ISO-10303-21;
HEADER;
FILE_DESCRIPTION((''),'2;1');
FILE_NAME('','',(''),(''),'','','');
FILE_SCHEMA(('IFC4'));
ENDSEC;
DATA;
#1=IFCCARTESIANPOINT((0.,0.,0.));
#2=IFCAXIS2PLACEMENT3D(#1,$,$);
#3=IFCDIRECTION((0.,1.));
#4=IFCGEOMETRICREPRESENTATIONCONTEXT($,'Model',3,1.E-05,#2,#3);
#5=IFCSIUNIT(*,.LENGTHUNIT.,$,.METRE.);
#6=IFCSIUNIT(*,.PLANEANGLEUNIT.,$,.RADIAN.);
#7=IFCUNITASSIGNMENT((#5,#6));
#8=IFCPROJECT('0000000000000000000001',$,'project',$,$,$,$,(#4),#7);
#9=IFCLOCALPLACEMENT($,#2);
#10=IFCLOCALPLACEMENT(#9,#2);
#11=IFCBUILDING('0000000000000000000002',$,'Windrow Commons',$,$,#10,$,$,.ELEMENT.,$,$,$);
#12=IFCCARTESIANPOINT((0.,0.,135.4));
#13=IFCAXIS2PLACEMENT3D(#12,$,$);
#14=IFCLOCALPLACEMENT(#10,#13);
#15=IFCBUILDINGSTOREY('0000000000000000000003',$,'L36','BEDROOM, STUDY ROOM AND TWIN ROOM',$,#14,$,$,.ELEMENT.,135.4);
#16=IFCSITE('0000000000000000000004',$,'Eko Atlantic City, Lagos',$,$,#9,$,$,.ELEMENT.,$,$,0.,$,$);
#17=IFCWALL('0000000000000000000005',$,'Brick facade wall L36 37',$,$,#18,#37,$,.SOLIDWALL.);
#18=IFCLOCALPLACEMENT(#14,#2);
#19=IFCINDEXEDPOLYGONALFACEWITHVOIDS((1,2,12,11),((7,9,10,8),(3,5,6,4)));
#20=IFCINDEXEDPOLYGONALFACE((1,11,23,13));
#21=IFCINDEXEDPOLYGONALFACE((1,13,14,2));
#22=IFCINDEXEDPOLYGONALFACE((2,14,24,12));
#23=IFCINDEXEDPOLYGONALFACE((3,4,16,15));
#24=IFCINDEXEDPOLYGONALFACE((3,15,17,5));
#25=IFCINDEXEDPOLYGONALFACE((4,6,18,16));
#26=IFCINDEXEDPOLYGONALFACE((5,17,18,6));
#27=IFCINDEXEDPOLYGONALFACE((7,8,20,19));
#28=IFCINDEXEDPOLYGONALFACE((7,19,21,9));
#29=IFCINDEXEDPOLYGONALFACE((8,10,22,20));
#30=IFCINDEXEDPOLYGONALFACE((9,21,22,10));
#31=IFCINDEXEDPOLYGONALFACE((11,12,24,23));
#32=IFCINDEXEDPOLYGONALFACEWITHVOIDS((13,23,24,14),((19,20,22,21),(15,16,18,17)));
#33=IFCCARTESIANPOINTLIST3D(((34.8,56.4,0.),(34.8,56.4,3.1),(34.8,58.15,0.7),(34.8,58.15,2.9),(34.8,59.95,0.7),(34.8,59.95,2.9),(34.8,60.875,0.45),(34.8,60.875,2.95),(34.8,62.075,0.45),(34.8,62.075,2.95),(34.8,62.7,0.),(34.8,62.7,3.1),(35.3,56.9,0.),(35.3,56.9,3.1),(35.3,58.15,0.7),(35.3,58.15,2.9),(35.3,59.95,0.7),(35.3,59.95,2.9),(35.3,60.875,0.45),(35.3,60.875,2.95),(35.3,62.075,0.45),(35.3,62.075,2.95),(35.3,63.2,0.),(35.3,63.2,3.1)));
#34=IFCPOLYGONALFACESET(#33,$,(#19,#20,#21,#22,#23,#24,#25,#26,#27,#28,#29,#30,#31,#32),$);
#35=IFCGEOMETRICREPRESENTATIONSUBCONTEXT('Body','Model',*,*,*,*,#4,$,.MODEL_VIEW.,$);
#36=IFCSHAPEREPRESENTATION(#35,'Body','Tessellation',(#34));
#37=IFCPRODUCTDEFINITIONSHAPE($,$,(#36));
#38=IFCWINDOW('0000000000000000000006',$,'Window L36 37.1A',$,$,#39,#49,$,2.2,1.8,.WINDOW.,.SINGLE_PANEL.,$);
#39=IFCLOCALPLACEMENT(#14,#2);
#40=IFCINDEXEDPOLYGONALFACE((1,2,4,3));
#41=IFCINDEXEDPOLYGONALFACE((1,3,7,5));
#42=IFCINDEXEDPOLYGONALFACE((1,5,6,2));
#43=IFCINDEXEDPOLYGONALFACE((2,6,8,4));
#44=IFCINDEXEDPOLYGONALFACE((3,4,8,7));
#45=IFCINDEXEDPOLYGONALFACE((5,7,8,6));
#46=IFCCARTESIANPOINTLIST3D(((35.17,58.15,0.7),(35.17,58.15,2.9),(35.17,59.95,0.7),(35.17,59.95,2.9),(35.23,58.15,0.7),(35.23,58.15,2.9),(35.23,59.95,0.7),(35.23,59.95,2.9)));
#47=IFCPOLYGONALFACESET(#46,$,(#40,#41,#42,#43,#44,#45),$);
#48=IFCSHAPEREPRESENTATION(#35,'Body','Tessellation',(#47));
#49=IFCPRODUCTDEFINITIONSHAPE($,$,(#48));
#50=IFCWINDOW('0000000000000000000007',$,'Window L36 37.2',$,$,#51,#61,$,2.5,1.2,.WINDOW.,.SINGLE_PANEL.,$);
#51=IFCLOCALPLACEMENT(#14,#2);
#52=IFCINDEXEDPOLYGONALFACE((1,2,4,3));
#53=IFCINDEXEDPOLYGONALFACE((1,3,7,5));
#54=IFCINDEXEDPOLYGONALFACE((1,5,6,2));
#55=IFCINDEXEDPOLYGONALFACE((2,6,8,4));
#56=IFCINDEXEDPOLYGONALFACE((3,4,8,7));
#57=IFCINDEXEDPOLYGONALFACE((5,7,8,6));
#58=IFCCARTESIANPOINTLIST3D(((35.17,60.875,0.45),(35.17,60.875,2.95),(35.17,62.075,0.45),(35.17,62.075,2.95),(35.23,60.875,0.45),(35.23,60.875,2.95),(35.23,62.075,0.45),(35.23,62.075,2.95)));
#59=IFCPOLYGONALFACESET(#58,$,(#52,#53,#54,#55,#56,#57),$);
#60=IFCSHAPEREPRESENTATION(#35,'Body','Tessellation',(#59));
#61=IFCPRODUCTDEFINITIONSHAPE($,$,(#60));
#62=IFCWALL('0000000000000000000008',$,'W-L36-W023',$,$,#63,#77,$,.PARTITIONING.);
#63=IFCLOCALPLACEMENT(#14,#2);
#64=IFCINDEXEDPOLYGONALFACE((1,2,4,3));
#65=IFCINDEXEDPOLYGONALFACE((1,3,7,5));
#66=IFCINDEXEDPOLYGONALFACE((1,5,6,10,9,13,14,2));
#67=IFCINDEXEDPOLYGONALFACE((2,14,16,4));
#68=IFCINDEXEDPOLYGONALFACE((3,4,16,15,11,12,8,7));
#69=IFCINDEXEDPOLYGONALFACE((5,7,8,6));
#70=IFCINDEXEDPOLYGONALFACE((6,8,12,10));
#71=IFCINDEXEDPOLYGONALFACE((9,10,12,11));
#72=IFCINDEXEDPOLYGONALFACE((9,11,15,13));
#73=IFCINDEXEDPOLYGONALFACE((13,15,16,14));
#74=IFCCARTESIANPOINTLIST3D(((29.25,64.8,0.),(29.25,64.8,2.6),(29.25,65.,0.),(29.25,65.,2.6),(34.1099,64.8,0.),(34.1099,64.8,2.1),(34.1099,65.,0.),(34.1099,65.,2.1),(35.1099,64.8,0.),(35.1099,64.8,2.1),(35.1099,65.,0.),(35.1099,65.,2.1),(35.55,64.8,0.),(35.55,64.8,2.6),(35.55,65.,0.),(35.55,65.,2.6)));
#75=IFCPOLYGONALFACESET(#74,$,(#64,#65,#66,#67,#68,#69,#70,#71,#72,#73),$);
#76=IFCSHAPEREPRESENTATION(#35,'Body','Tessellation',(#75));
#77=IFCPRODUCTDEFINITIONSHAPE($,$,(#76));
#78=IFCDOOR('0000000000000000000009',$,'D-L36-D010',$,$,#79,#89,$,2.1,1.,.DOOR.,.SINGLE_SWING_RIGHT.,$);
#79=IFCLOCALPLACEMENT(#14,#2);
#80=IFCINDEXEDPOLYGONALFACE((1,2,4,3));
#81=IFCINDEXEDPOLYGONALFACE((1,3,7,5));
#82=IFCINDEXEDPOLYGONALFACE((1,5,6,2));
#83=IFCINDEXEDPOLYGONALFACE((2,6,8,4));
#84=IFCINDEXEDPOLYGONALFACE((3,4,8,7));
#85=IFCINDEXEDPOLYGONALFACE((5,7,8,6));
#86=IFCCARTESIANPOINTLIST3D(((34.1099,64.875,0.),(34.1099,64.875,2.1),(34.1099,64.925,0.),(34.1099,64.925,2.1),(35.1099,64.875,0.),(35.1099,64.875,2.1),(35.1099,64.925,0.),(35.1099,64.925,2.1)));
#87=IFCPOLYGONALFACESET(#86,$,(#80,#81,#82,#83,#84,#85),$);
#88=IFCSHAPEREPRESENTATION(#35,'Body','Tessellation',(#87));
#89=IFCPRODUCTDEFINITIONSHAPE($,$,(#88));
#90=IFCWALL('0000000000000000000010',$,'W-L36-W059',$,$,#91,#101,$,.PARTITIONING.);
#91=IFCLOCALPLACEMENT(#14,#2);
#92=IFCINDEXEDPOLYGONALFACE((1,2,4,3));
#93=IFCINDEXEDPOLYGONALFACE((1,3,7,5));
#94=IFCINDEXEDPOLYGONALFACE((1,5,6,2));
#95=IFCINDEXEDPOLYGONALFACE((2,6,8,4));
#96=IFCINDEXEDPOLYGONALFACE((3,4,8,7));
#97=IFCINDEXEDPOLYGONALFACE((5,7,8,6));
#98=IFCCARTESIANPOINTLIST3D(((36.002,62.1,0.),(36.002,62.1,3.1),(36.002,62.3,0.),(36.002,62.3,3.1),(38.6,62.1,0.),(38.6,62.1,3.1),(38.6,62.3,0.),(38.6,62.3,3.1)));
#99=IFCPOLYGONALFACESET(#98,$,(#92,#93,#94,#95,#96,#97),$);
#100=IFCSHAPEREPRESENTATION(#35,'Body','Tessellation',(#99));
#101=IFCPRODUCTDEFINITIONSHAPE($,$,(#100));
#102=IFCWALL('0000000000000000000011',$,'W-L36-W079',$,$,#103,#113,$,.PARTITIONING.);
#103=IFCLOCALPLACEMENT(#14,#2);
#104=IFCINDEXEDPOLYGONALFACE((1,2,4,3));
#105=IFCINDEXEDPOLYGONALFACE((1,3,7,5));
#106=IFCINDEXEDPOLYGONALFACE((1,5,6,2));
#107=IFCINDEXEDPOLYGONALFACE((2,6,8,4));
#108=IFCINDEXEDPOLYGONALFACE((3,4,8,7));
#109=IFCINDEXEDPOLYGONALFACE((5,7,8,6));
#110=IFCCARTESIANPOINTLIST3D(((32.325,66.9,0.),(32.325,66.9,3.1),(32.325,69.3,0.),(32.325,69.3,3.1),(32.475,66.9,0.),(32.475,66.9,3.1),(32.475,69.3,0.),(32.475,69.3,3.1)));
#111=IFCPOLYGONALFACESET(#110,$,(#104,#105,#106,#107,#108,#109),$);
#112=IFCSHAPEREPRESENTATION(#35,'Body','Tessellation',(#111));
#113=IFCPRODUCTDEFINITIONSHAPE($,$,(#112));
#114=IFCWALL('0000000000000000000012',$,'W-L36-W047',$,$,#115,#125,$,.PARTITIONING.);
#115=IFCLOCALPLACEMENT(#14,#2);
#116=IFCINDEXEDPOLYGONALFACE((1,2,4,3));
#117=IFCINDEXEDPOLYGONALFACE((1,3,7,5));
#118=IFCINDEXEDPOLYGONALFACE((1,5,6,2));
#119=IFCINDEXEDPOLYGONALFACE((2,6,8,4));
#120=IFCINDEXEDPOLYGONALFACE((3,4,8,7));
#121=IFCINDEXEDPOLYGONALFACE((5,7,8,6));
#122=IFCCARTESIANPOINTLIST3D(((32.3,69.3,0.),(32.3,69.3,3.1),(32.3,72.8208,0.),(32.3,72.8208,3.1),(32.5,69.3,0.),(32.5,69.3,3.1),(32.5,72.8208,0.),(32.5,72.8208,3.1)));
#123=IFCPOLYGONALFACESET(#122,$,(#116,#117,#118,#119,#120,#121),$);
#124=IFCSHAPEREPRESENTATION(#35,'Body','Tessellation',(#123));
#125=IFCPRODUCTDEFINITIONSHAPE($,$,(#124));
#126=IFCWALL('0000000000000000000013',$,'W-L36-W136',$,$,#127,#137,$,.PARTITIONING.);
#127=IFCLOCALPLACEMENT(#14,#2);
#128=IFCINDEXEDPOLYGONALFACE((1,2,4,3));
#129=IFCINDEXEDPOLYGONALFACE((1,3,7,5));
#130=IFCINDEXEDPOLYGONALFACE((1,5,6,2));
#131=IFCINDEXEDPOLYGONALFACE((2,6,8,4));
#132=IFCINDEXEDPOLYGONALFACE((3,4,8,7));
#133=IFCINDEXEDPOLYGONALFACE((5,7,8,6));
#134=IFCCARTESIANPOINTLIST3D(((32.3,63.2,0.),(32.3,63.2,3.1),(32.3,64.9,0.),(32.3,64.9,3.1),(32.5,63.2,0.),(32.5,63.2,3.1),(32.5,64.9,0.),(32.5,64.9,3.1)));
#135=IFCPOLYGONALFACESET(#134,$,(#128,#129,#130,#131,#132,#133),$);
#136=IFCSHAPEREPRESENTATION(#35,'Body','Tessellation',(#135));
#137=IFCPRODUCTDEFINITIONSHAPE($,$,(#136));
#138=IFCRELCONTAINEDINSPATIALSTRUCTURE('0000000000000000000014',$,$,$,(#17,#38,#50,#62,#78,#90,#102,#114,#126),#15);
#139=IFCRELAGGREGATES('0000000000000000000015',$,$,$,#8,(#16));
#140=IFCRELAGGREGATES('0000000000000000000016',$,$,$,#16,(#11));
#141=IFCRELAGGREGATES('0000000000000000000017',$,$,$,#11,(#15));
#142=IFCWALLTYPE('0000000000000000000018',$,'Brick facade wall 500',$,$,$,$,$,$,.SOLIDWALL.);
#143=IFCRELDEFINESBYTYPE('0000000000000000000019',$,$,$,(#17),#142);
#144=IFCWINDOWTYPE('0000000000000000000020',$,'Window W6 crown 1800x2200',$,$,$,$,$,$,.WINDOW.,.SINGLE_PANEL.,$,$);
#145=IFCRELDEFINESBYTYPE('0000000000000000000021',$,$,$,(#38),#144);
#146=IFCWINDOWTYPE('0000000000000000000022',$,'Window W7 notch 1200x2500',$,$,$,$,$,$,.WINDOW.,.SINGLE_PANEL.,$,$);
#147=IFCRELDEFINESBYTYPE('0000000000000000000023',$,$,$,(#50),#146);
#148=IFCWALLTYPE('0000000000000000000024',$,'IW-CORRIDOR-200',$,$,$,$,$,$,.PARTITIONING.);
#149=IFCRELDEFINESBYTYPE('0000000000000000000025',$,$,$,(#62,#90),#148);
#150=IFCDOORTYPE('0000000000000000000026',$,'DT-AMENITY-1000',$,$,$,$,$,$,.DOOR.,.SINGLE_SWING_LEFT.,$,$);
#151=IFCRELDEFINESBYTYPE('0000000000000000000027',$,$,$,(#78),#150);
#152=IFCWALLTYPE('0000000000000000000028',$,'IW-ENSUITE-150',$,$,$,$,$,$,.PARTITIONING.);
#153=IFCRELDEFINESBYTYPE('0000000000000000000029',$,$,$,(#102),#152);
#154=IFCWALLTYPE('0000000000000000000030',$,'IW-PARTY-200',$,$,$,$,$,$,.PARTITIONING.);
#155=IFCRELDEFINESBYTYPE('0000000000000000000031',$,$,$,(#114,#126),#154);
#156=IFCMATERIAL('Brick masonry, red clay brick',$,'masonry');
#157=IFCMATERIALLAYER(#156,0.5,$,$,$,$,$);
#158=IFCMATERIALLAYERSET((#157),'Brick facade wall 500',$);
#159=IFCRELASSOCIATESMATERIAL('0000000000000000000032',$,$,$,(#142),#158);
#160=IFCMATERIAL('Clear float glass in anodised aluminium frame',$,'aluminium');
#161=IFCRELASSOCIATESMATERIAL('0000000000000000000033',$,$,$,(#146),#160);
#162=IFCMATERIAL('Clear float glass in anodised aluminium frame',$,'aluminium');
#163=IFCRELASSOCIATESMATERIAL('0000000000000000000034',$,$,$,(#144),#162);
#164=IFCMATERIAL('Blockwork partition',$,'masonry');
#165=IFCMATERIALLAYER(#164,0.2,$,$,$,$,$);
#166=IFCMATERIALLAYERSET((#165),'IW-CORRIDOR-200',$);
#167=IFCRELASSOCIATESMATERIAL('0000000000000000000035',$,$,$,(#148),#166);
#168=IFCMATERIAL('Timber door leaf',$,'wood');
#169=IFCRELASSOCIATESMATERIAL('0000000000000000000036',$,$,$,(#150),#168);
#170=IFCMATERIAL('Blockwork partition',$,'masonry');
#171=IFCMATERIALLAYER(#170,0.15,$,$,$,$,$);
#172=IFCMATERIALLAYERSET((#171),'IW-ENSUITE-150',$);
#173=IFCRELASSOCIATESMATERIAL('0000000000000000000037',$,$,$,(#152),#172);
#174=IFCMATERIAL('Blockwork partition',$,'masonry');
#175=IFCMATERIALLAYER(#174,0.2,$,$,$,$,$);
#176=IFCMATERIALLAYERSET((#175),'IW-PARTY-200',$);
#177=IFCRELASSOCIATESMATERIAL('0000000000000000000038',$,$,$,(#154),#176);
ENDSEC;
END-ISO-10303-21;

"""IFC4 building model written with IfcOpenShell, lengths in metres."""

from ifc_helpers import new_model, si_unit, direction, frame, frame_2d, origin, place, context, subcontext, project, spatial, polyline, rectangle, outline, extrude, material, layer, layer_set, type_object, element, fill, save


model = new_model("IFC4")

# Units and contexts
model_context = context("Model", 3, precision=1e-05, world=origin(), true_north=direction((0.0, 1.0)))
body_context = subcontext(model_context, "Body", "Model", "MODEL_VIEW")
ifc_project = project(units=[si_unit("LENGTHUNIT", "METRE"), si_unit("PLANEANGLEUNIT", "RADIAN")], contexts=[model_context])

# Site, building, storey
site_placement = place(None, origin())
site = spatial("IfcSite", under=ifc_project, at=site_placement, Name="Eko Atlantic City, Lagos", CompositionType="ELEMENT", RefElevation=0.0)
building_placement = place(site_placement, origin())
building = spatial("IfcBuilding", under=site, at=building_placement, Name="Windrow Commons", CompositionType="ELEMENT")
storey_placement = place(building_placement, frame((0.0, 0.0, 135.4)))
storey = spatial("IfcBuildingStorey", under=building, at=storey_placement, Name="L36", Description="BEDROOM, STUDY ROOM AND TWIN ROOM", CompositionType="ELEMENT", Elevation=135.4)

# Shared definitions
ifc_material_1 = material(Name="Brick masonry, red clay brick", Category="masonry")
ifc_layer_1 = layer(ifc_material_1, 0.5)
ifc_layer_set_1 = layer_set([ifc_layer_1], Name="Brick facade wall 500")
wall_type_1 = type_object("IfcWallType", Name="Brick facade wall 500", PredefinedType="SOLIDWALL", material=ifc_layer_set_1)
ifc_material_2 = material(Name="Clear float glass in anodised aluminium frame", Category="aluminium")
window_type_1 = type_object("IfcWindowType", Name="Window W7 notch 1200x2500", PartitioningType="SINGLE_PANEL", PredefinedType="WINDOW", material=ifc_material_2)

# Wall, openings, windows
wall_1_placement = place(storey_placement, frame((35.05, 62.95, 0.0), z_axis=(0.0, 0.0, 1.0), x_axis=(0.0, -1.0, 0.0)))
wall_1 = element("IfcWall", 1, at=wall_1_placement, inside=storey, type_object=wall_type_1, Name="Brick facade wall L36 37", PredefinedType="SOLIDWALL", context=body_context, shape_type="SweptSolid", body=[
    extrude(outline(polyline([(0.25, -0.25), (6.55, -0.25), (6.05, 0.25), (-0.25, 0.25), (0.25, -0.25)])), origin(), (0.0, 0.0, 1.0), 3.1),
])
opening_1_placement = place(wall_1_placement, frame((0.875, 0.0, 0.45)))
opening_1 = element("IfcOpeningElement", 2, at=opening_1_placement, cuts=wall_1, PredefinedType="OPENING", context=body_context, shape_type="SweptSolid", body=[
    extrude(rectangle(XDim=1.2, YDim=2.5, at=frame_2d((0.6, 1.25))), frame((0.0, 0.26, 0.0), z_axis=(0.0, -1.0, 0.0), x_axis=(1.0, 0.0, 0.0)), (0.0, 0.0, 1.0), 0.52),
])
opening_2_placement = place(wall_1_placement, frame((3.0, 0.0, 0.7)))
opening_2 = element("IfcOpeningElement", 3, at=opening_2_placement, cuts=wall_1, PredefinedType="OPENING", context=body_context, shape_type="SweptSolid", body=[
    extrude(rectangle(XDim=1.8, YDim=2.2, at=frame_2d((0.9, 1.1))), frame((0.0, 0.26, 0.0), z_axis=(0.0, -1.0, 0.0), x_axis=(1.0, 0.0, 0.0)), (0.0, 0.0, 1.0), 0.52),
])
ifc_material_3 = material(Name="Clear float glass in anodised aluminium frame", Category="aluminium")
window_type_2 = type_object("IfcWindowType", Name="Window W6 crown 1800x2200", PartitioningType="SINGLE_PANEL", PredefinedType="WINDOW", material=ifc_material_3)
window_1_placement = place(opening_2_placement, origin())
window_1 = element("IfcWindow", 4, at=window_1_placement, inside=storey, type_object=window_type_2, Name="Window L36 37.1A", OverallHeight=2.2, OverallWidth=1.8, PartitioningType="SINGLE_PANEL", PredefinedType="WINDOW", context=body_context, shape_type="SweptSolid", body=[
    extrude(rectangle(XDim=1.8, YDim=2.2, at=frame_2d((0.9, 1.1))), frame((0.0, 0.18, 0.0), z_axis=(0.0, -1.0, 0.0), x_axis=(1.0, 0.0, 0.0)), (0.0, 0.0, 1.0), 0.06),
])
fill(opening_2, window_1)
window_2_placement = place(opening_1_placement, origin())
window_2 = element("IfcWindow", 5, at=window_2_placement, inside=storey, type_object=window_type_1, Name="Window L36 37.2", OverallHeight=2.5, OverallWidth=1.2, PartitioningType="SINGLE_PANEL", PredefinedType="WINDOW", context=body_context, shape_type="SweptSolid", body=[
    extrude(rectangle(XDim=1.2, YDim=2.5, at=frame_2d((0.6, 1.25))), frame((0.0, 0.18, 0.0), z_axis=(0.0, -1.0, 0.0), x_axis=(1.0, 0.0, 0.0)), (0.0, 0.0, 1.0), 0.06),
])
fill(opening_1, window_2)

# Wall, opening, door
ifc_material_4 = material(Name="Blockwork partition", Category="masonry")
ifc_layer_2 = layer(ifc_material_4, 0.2)
ifc_layer_set_2 = layer_set([ifc_layer_2], Name="IW-CORRIDOR-200")
wall_type_2 = type_object("IfcWallType", Name="IW-CORRIDOR-200", PredefinedType="PARTITIONING", material=ifc_layer_set_2)
wall_2_placement = place(storey_placement, frame((29.25, 64.9, 0.0), z_axis=(0.0, 0.0, 1.0), x_axis=(1.0, 0.0, 0.0)))
wall_2 = element("IfcWall", 6, at=wall_2_placement, inside=storey, type_object=wall_type_2, Name="W-L36-W023", PredefinedType="PARTITIONING", context=body_context, shape_type="SweptSolid", body=[
    extrude(rectangle(XDim=6.3, YDim=0.2, at=frame_2d((3.15, 0.0))), origin(), (0.0, 0.0, 1.0), 2.6),
])
opening_3_placement = place(wall_2_placement, frame((4.8599, 0.0, 0.0)))
opening_3 = element("IfcOpeningElement", 7, at=opening_3_placement, cuts=wall_2, PredefinedType="OPENING", context=body_context, shape_type="SweptSolid", body=[
    extrude(rectangle(XDim=1.0, YDim=2.1, at=frame_2d((0.5, 1.05))), frame((0.0, 0.11, 0.0), z_axis=(0.0, -1.0, 0.0), x_axis=(1.0, 0.0, 0.0)), (0.0, 0.0, 1.0), 0.22),
])
ifc_material_5 = material(Name="Timber door leaf", Category="wood")
door_type = type_object("IfcDoorType", Name="DT-AMENITY-1000", OperationType="SINGLE_SWING_LEFT", PredefinedType="DOOR", material=ifc_material_5)
door_placement = place(opening_3_placement, origin())
door = element("IfcDoor", 8, at=door_placement, inside=storey, type_object=door_type, Name="D-L36-D010", OperationType="SINGLE_SWING_RIGHT", OverallHeight=2.1, OverallWidth=1.0, PredefinedType="DOOR", context=body_context, shape_type="SweptSolid", body=[
    extrude(rectangle(XDim=1.0, YDim=2.1, at=frame_2d((0.5, 1.05))), frame((0.0, 0.025, 0.0), z_axis=(0.0, -1.0, 0.0), x_axis=(1.0, 0.0, 0.0)), (0.0, 0.0, 1.0), 0.05),
])
fill(opening_3, door)

# Walls
wall_3_placement = place(storey_placement, frame((36.002, 62.2, 0.0), z_axis=(0.0, 0.0, 1.0), x_axis=(1.0, 0.0, 0.0)))
element("IfcWall", 9, at=wall_3_placement, inside=storey, type_object=wall_type_2, Name="W-L36-W059", PredefinedType="PARTITIONING", context=body_context, shape_type="SweptSolid", body=[
    extrude(rectangle(XDim=2.598, YDim=0.2, at=frame_2d((1.299, 0.0))), origin(), (0.0, 0.0, 1.0), 3.1),
])
ifc_material_6 = material(Name="Blockwork partition", Category="masonry")
ifc_layer_3 = layer(ifc_material_6, 0.15)
ifc_layer_set_3 = layer_set([ifc_layer_3], Name="IW-ENSUITE-150")
wall_type_3 = type_object("IfcWallType", Name="IW-ENSUITE-150", PredefinedType="PARTITIONING", material=ifc_layer_set_3)
wall_4_placement = place(storey_placement, frame((32.4, 66.9, 0.0), z_axis=(0.0, 0.0, 1.0), x_axis=(0.0, 1.0, 0.0)))
element("IfcWall", 10, at=wall_4_placement, inside=storey, type_object=wall_type_3, Name="W-L36-W079", PredefinedType="PARTITIONING", context=body_context, shape_type="SweptSolid", body=[
    extrude(rectangle(XDim=2.4, YDim=0.15, at=frame_2d((1.2, 0.0))), origin(), (0.0, 0.0, 1.0), 3.1),
])
ifc_material_7 = material(Name="Blockwork partition", Category="masonry")
ifc_layer_4 = layer(ifc_material_7, 0.2)
ifc_layer_set_4 = layer_set([ifc_layer_4], Name="IW-PARTY-200")
wall_type_4 = type_object("IfcWallType", Name="IW-PARTY-200", PredefinedType="PARTITIONING", material=ifc_layer_set_4)
wall_5_placement = place(storey_placement, frame((32.4, 69.3, 0.0), z_axis=(0.0, 0.0, 1.0), x_axis=(0.0, 1.0, 0.0)))
element("IfcWall", 11, at=wall_5_placement, inside=storey, type_object=wall_type_4, Name="W-L36-W047", PredefinedType="PARTITIONING", context=body_context, shape_type="SweptSolid", body=[
    extrude(rectangle(XDim=3.5207, YDim=0.2, at=frame_2d((1.7604, 0.0))), origin(), (0.0, 0.0, 1.0), 3.1),
])
wall_6_placement = place(storey_placement, frame((32.4, 63.2, 0.0), z_axis=(0.0, 0.0, 1.0), x_axis=(0.0, 1.0, 0.0)))
element("IfcWall", 12, at=wall_6_placement, inside=storey, type_object=wall_type_4, Name="W-L36-W136", PredefinedType="PARTITIONING", context=body_context, shape_type="SweptSolid", body=[
    extrude(rectangle(XDim=1.7, YDim=0.2, at=frame_2d((0.85, 0.0))), origin(), (0.0, 0.0, 1.0), 3.1),
])

save(model, "model.ifc")
